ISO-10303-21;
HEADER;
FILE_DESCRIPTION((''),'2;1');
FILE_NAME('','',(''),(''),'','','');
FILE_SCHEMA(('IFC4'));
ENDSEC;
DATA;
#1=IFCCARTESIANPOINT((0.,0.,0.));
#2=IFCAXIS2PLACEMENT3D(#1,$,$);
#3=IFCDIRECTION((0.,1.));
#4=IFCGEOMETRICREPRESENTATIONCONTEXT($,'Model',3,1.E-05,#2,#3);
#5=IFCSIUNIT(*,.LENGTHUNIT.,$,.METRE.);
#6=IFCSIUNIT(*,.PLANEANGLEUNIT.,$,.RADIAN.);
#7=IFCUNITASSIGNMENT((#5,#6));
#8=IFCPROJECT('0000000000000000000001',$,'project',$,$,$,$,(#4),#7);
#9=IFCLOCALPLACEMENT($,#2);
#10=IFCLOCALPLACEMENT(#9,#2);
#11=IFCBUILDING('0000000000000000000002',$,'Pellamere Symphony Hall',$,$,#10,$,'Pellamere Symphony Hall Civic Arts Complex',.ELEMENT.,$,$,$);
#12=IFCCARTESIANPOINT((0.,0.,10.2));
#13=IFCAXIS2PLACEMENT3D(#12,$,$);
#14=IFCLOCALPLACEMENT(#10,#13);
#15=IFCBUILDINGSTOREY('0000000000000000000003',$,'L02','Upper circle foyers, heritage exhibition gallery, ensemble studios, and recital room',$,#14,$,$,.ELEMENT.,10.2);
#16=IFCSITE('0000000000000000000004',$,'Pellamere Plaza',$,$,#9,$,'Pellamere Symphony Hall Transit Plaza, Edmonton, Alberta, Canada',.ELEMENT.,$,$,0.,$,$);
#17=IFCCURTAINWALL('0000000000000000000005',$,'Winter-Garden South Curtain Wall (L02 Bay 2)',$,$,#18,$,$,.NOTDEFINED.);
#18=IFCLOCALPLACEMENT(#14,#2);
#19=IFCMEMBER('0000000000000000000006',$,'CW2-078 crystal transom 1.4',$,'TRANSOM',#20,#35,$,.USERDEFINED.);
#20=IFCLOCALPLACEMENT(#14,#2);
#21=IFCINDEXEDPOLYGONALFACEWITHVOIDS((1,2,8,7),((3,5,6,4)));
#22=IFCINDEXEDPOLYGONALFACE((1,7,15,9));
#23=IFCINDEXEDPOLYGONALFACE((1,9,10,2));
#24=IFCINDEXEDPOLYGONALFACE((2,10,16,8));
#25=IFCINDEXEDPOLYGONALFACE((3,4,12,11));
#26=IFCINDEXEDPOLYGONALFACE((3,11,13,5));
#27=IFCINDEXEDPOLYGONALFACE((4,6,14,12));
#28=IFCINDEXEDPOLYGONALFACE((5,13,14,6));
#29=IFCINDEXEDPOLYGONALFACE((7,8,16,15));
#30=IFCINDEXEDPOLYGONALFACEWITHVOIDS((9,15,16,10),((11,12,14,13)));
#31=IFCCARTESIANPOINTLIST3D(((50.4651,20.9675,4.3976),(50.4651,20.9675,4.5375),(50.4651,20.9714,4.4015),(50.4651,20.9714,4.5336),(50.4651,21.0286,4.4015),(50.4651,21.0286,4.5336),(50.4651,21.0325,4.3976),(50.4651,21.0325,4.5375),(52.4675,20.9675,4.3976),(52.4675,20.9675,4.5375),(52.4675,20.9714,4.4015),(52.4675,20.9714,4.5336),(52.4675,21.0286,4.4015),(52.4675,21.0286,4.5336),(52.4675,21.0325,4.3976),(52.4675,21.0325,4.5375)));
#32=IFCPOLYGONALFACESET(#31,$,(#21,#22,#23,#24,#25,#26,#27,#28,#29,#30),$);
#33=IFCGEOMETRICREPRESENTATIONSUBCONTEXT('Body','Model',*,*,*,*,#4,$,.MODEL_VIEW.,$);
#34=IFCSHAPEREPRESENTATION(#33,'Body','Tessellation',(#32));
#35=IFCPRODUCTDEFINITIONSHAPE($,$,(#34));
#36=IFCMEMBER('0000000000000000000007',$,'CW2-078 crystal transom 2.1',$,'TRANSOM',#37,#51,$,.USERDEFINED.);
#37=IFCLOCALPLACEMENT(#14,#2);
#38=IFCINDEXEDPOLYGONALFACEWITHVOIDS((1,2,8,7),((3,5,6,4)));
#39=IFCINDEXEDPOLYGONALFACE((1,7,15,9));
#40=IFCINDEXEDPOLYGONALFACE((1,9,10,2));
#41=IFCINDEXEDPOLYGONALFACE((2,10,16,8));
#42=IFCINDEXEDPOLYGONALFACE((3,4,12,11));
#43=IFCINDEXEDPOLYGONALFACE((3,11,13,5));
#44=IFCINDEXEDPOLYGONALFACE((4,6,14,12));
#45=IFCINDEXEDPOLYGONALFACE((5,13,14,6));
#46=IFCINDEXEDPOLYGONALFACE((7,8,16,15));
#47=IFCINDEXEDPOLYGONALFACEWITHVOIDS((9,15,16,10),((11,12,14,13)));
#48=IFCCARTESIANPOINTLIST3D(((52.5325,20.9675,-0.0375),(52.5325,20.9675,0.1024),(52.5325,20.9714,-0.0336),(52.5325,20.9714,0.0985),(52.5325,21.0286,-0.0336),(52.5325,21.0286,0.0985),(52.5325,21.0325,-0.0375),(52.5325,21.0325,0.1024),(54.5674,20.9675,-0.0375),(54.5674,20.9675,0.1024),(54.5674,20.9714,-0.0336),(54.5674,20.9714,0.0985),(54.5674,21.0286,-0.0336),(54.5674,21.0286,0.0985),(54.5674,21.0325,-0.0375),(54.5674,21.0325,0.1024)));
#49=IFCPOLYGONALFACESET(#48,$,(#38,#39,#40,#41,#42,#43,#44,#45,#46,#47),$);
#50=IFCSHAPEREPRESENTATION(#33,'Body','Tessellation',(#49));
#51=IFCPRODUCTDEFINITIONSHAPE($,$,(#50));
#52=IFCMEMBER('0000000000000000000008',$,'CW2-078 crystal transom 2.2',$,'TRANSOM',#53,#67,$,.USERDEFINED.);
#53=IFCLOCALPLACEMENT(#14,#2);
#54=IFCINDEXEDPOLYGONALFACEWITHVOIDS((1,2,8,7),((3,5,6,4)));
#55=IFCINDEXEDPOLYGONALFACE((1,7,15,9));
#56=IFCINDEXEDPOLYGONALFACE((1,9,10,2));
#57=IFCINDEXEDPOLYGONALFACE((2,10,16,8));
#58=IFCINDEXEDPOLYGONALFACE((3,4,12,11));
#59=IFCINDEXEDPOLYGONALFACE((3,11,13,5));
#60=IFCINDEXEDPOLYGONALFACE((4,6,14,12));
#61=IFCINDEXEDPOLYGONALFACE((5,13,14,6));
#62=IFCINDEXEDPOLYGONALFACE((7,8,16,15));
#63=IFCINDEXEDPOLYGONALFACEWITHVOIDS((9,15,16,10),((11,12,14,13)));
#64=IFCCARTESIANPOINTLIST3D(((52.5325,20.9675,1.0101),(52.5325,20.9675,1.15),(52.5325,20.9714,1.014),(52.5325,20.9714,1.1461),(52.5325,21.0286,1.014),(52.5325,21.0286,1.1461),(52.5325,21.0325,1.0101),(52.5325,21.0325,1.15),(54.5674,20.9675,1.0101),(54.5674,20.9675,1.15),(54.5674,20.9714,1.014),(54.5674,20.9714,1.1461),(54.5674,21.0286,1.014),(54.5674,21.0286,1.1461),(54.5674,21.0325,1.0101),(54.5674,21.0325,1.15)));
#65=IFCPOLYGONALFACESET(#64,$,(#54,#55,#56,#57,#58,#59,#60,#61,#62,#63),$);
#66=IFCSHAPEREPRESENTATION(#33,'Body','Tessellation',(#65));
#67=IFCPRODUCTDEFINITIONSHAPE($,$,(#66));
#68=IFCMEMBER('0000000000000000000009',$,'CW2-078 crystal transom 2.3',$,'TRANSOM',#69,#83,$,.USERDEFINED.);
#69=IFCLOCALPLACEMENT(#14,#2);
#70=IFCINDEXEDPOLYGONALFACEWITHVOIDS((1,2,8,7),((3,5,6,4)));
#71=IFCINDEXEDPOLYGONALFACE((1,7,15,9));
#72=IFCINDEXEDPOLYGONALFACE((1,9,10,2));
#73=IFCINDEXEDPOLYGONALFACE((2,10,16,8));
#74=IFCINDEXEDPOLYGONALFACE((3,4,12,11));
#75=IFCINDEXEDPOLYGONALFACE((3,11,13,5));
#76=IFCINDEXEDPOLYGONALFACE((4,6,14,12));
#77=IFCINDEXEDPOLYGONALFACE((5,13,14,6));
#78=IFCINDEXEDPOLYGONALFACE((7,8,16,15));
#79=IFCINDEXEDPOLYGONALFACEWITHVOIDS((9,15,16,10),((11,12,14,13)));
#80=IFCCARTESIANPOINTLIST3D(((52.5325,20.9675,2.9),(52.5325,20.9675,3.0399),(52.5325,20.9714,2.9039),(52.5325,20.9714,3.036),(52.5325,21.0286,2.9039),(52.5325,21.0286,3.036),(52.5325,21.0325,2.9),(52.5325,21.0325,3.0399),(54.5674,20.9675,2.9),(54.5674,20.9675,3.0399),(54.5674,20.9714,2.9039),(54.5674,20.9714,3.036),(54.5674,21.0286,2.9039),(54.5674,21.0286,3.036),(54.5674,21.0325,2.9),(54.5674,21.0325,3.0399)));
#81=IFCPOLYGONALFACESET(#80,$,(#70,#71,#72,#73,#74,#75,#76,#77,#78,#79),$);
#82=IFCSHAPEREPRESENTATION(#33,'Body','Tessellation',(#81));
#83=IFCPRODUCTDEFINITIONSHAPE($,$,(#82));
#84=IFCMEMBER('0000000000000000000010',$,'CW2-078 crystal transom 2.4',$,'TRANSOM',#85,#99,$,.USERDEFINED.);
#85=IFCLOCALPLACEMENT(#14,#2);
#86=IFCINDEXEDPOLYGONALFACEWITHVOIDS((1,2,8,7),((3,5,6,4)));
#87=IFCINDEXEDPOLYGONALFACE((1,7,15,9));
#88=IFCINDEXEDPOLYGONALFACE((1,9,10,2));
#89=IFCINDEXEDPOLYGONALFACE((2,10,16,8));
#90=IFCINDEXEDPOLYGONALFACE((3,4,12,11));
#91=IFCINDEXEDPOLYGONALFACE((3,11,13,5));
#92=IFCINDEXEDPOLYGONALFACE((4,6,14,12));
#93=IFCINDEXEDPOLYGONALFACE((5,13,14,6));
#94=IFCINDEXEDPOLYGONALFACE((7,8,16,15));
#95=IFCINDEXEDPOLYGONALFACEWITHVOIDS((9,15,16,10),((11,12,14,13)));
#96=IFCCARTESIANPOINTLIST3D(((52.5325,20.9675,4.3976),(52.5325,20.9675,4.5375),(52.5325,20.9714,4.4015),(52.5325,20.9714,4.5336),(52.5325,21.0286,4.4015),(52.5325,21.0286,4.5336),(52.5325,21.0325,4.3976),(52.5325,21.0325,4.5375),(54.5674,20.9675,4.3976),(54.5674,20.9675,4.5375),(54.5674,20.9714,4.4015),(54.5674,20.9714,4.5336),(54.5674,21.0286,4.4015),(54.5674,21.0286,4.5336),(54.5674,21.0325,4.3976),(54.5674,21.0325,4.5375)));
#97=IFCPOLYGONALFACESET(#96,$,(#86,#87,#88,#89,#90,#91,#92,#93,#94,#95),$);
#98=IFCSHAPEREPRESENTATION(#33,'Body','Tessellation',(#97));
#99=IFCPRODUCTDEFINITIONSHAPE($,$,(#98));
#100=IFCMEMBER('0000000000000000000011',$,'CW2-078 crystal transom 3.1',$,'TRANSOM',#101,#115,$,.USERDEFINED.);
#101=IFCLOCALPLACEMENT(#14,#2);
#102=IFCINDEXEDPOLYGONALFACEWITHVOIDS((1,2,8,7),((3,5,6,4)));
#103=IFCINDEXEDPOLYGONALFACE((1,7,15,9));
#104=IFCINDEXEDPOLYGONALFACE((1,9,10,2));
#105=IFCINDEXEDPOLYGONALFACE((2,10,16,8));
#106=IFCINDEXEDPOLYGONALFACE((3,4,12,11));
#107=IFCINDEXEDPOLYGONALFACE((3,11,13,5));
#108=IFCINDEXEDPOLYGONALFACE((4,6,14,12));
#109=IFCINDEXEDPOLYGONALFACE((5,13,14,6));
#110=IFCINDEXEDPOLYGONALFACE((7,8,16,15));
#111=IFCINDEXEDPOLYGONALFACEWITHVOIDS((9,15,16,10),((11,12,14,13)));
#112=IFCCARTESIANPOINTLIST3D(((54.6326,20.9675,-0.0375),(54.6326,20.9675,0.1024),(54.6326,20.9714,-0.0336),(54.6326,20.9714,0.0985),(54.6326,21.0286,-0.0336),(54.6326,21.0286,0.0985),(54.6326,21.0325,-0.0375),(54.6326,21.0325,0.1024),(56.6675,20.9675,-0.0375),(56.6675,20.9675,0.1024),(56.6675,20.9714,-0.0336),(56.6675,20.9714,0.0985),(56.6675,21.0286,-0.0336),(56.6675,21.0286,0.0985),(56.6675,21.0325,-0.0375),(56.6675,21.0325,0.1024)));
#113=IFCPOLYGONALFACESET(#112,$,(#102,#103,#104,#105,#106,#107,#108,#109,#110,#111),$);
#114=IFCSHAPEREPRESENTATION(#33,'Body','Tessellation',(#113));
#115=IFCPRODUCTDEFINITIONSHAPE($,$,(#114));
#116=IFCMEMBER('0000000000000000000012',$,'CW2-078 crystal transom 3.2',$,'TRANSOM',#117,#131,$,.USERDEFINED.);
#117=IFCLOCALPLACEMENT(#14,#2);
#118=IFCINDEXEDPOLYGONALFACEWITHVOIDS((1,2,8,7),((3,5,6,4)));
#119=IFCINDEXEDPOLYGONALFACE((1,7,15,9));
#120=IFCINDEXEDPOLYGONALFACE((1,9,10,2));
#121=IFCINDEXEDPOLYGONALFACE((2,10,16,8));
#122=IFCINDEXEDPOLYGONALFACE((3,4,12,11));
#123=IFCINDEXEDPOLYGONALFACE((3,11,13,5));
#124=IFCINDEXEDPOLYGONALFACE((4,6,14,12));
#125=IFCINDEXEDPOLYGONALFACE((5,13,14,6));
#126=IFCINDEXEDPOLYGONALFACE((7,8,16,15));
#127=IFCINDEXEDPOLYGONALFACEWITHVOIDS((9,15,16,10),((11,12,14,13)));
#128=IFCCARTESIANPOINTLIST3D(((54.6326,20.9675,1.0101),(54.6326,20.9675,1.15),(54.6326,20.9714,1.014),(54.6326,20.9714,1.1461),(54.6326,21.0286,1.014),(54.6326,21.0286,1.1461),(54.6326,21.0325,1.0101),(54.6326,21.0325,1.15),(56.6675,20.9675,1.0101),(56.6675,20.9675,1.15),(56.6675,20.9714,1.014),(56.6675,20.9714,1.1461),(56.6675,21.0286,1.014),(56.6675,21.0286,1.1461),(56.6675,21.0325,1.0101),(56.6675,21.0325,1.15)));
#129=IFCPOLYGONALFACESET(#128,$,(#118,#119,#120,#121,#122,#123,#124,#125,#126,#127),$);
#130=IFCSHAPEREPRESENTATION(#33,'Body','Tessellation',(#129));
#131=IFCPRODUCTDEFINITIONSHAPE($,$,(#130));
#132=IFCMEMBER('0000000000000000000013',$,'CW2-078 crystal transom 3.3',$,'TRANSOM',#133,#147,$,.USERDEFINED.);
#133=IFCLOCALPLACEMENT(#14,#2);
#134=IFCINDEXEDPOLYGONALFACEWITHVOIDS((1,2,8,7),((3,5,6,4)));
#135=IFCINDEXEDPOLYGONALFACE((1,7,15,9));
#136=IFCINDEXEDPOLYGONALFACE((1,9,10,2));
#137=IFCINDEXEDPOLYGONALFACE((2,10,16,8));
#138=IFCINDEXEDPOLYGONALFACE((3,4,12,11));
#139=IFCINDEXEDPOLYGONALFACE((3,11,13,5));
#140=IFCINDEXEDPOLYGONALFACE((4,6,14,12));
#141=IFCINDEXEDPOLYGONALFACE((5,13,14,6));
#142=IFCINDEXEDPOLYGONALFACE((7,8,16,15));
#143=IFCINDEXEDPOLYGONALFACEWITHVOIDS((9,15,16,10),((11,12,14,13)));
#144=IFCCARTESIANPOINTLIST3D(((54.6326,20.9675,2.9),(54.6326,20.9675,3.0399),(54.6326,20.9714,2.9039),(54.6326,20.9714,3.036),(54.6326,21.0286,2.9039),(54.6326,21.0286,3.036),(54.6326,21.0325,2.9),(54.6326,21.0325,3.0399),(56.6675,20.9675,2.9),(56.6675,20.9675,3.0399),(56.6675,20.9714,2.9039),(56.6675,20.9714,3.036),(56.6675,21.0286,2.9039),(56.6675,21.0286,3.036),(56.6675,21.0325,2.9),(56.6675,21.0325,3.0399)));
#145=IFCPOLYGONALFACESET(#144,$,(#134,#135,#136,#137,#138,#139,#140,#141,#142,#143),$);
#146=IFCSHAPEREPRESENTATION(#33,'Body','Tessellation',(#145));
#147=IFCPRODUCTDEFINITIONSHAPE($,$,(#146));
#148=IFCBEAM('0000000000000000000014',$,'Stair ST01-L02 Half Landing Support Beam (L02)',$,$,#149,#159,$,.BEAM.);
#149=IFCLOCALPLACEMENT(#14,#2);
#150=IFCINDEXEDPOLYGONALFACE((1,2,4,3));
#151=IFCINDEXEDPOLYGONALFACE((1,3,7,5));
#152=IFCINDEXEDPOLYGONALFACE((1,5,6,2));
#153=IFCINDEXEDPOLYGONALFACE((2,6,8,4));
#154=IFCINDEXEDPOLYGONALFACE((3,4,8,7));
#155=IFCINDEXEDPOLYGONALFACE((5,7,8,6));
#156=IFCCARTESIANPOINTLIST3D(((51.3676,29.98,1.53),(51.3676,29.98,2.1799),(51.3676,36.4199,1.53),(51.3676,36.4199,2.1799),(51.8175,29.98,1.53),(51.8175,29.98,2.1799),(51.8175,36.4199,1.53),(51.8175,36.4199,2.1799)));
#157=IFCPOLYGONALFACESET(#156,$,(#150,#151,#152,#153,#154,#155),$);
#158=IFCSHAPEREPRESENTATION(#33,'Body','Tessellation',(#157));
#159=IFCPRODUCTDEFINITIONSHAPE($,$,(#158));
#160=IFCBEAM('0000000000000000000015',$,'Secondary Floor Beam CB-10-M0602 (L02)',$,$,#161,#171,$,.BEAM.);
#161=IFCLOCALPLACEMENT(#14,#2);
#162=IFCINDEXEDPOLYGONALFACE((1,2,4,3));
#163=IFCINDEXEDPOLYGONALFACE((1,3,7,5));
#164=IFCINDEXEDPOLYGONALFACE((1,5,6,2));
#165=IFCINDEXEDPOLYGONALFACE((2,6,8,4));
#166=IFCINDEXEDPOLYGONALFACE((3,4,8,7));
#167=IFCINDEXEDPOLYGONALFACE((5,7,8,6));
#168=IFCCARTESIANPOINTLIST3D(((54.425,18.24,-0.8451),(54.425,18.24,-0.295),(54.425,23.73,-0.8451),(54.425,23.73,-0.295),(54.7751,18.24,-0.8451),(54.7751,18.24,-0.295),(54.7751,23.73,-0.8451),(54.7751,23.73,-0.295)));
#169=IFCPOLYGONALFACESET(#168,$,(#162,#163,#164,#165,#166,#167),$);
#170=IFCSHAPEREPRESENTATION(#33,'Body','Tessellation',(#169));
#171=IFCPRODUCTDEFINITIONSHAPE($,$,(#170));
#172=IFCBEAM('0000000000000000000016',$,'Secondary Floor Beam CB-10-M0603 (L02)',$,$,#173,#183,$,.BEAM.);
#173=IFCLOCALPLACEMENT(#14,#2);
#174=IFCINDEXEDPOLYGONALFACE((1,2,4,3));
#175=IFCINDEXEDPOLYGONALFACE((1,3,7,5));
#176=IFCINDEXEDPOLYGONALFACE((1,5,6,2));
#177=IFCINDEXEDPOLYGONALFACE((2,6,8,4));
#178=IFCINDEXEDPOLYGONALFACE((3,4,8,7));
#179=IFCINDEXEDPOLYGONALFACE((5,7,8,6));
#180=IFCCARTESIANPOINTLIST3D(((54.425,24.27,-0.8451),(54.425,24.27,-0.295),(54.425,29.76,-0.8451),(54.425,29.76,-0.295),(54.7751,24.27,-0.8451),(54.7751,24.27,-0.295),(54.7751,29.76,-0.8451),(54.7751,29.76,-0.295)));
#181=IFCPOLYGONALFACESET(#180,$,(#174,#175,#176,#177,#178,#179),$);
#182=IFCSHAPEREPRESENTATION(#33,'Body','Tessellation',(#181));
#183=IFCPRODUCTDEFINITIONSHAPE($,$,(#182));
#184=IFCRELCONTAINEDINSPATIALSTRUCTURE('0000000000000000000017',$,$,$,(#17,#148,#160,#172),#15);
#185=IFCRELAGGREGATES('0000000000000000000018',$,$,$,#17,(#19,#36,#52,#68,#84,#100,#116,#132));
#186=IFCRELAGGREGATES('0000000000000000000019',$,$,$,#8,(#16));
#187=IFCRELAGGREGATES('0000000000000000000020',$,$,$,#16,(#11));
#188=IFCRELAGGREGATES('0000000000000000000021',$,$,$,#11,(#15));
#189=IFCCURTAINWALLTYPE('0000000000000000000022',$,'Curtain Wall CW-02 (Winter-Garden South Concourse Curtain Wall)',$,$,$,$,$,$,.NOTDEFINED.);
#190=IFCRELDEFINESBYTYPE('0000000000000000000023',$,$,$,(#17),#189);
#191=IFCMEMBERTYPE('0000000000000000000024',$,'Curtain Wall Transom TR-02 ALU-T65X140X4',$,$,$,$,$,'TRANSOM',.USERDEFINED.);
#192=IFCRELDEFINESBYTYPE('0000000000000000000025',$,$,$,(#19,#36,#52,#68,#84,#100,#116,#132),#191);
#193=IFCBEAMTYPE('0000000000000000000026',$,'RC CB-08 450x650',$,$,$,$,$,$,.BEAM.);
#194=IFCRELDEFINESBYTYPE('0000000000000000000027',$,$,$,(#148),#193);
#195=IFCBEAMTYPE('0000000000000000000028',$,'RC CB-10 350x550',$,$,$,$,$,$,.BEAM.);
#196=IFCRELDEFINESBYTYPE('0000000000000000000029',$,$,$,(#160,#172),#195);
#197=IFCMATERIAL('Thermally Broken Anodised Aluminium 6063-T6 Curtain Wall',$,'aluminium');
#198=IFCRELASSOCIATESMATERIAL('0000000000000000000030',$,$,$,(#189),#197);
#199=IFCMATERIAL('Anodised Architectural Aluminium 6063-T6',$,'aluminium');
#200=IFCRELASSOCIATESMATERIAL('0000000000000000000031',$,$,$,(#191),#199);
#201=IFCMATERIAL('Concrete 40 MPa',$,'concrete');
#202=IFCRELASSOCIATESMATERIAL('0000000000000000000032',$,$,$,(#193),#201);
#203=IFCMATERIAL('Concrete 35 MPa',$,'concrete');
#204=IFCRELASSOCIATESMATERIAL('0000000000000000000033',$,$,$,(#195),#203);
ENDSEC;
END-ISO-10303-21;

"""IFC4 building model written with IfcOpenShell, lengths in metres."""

from ifc_helpers import new_model, si_unit, direction, frame, origin, origin_2d, place, context, subcontext, project, spatial, rectangle, hollow_rectangle, extrude, material, material_profile, profile_set, type_object, element, aggregate, save


model = new_model("IFC4")

# Units and contexts
model_context = context("Model", 3, precision=1e-05, world=origin(), true_north=direction((0.0, 1.0)))
body_context = subcontext(model_context, "Body", "Model", "MODEL_VIEW")
ifc_project = project(units=[si_unit("LENGTHUNIT", "METRE"), si_unit("PLANEANGLEUNIT", "RADIAN")], contexts=[model_context])

# Site, building, storey
site_placement = place(None, origin())
site = spatial("IfcSite", under=ifc_project, at=site_placement, Name="Pellamere Plaza", LongName="Pellamere Symphony Hall Transit Plaza, Edmonton, Alberta, Canada", CompositionType="ELEMENT", RefElevation=0.0)
building_placement = place(site_placement, origin())
building = spatial("IfcBuilding", under=site, at=building_placement, Name="Pellamere Symphony Hall", LongName="Pellamere Symphony Hall Civic Arts Complex", CompositionType="ELEMENT")
storey_placement = place(building_placement, frame((0.0, 0.0, 10.2)))
storey = spatial("IfcBuildingStorey", under=building, at=storey_placement, Name="L02", Description="Upper circle foyers, heritage exhibition gallery, ensemble studios, and recital room", CompositionType="ELEMENT", Elevation=10.2)

# Shared definitions
ifc_material_1 = material(Name="Concrete 40 MPa", Category="concrete")

# Shared definitions
ifc_material_2 = material(Name="Thermally Broken Anodised Aluminium 6063-T6 Curtain Wall", Category="aluminium")
curtain_wall_type = type_object("IfcCurtainWallType", Name="Curtain Wall CW-02 (Winter-Garden South Concourse Curtain Wall)", PredefinedType="NOTDEFINED", material=ifc_material_2)
ifc_material_3 = material(Name="Anodised Architectural Aluminium 6063-T6", Category="aluminium")

# Curtain wall, members
curtain_wall_1_placement = place(storey_placement, origin())
curtain_wall_1 = element("IfcCurtainWall", 1, at=curtain_wall_1_placement, inside=storey, type_object=curtain_wall_type, Name="Winter-Garden South Curtain Wall (L02 Bay 2)", PredefinedType="NOTDEFINED")
ifc_material_profile_1 = material_profile(ifc_material_3, hollow_rectangle(XDim=0.0649, YDim=0.1399, WallThickness=0.0039, at=origin_2d()), Name="ALU-T65X140X4")
ifc_profile_set_1 = profile_set([ifc_material_profile_1], Name="Anodised Architectural Aluminium 6063-T6")
member_type_1 = type_object("IfcMemberType", Name="Curtain Wall Transom TR-02 ALU-T65X140X4", ElementType="TRANSOM", PredefinedType="USERDEFINED", material=ifc_profile_set_1)
member_1_placement = place(storey_placement, frame((50.4651, 21.0, 4.4675), z_axis=(1.0, 0.0, 0.0), x_axis=(0.0, 1.0, 0.0)))
member_1 = element("IfcMember", 2, at=member_1_placement, type_object=member_type_1, Name="CW2-078 crystal transom 1.4", ObjectType="TRANSOM", PredefinedType="USERDEFINED", context=body_context, shape_type="SweptSolid", body=[
    extrude(hollow_rectangle(XDim=0.0649, YDim=0.1399, WallThickness=0.0039, at=origin_2d()), origin(), (0.0, 0.0, 1.0), 2.0024),
])
member_2_placement = place(storey_placement, frame((52.5325, 21.0, 0.0325), z_axis=(1.0, 0.0, 0.0), x_axis=(0.0, 1.0, 0.0)))
member_2 = element("IfcMember", 3, at=member_2_placement, type_object=member_type_1, Name="CW2-078 crystal transom 2.1", ObjectType="TRANSOM", PredefinedType="USERDEFINED", context=body_context, shape_type="SweptSolid", body=[
    extrude(hollow_rectangle(XDim=0.0649, YDim=0.1399, WallThickness=0.0039, at=origin_2d()), origin(), (0.0, 0.0, 1.0), 2.0349),
])
member_3_placement = place(storey_placement, frame((52.5325, 21.0, 1.0801), z_axis=(1.0, 0.0, 0.0), x_axis=(0.0, 1.0, 0.0)))
member_3 = element("IfcMember", 4, at=member_3_placement, type_object=member_type_1, Name="CW2-078 crystal transom 2.2", ObjectType="TRANSOM", PredefinedType="USERDEFINED", context=body_context, shape_type="SweptSolid", body=[
    extrude(hollow_rectangle(XDim=0.0649, YDim=0.1399, WallThickness=0.0039, at=origin_2d()), origin(), (0.0, 0.0, 1.0), 2.0349),
])
member_4_placement = place(storey_placement, frame((52.5325, 21.0, 2.97), z_axis=(1.0, 0.0, 0.0), x_axis=(0.0, 1.0, 0.0)))
member_4 = element("IfcMember", 5, at=member_4_placement, type_object=member_type_1, Name="CW2-078 crystal transom 2.3", ObjectType="TRANSOM", PredefinedType="USERDEFINED", context=body_context, shape_type="SweptSolid", body=[
    extrude(hollow_rectangle(XDim=0.0649, YDim=0.1399, WallThickness=0.0039, at=origin_2d()), origin(), (0.0, 0.0, 1.0), 2.0349),
])
member_5_placement = place(storey_placement, frame((52.5325, 21.0, 4.4675), z_axis=(1.0, 0.0, 0.0), x_axis=(0.0, 1.0, 0.0)))
member_5 = element("IfcMember", 6, at=member_5_placement, type_object=member_type_1, Name="CW2-078 crystal transom 2.4", ObjectType="TRANSOM", PredefinedType="USERDEFINED", context=body_context, shape_type="SweptSolid", body=[
    extrude(hollow_rectangle(XDim=0.0649, YDim=0.1399, WallThickness=0.0039, at=origin_2d()), origin(), (0.0, 0.0, 1.0), 2.0349),
])
member_6_placement = place(storey_placement, frame((54.6326, 21.0, 0.0325), z_axis=(1.0, 0.0, 0.0), x_axis=(0.0, 1.0, 0.0)))
member_6 = element("IfcMember", 7, at=member_6_placement, type_object=member_type_1, Name="CW2-078 crystal transom 3.1", ObjectType="TRANSOM", PredefinedType="USERDEFINED", context=body_context, shape_type="SweptSolid", body=[
    extrude(hollow_rectangle(XDim=0.0649, YDim=0.1399, WallThickness=0.0039, at=origin_2d()), origin(), (0.0, 0.0, 1.0), 2.0349),
])
member_7_placement = place(storey_placement, frame((54.6326, 21.0, 1.0801), z_axis=(1.0, 0.0, 0.0), x_axis=(0.0, 1.0, 0.0)))
member_7 = element("IfcMember", 8, at=member_7_placement, type_object=member_type_1, Name="CW2-078 crystal transom 3.2", ObjectType="TRANSOM", PredefinedType="USERDEFINED", context=body_context, shape_type="SweptSolid", body=[
    extrude(hollow_rectangle(XDim=0.0649, YDim=0.1399, WallThickness=0.0039, at=origin_2d()), origin(), (0.0, 0.0, 1.0), 2.0349),
])
member_8_placement = place(storey_placement, frame((54.6326, 21.0, 2.97), z_axis=(1.0, 0.0, 0.0), x_axis=(0.0, 1.0, 0.0)))
member_8 = element("IfcMember", 9, at=member_8_placement, type_object=member_type_1, Name="CW2-078 crystal transom 3.3", ObjectType="TRANSOM", PredefinedType="USERDEFINED", context=body_context, shape_type="SweptSolid", body=[
    extrude(hollow_rectangle(XDim=0.0649, YDim=0.1399, WallThickness=0.0039, at=origin_2d()), origin(), (0.0, 0.0, 1.0), 2.0349),
])

# Beams
ifc_material_profile_2 = material_profile(ifc_material_1, rectangle(XDim=0.45, YDim=0.6499, at=origin_2d()), Name="RC 450x650")
ifc_profile_set_2 = profile_set([ifc_material_profile_2], Name="Concrete 40 MPa")
beam_type_1 = type_object("IfcBeamType", Name="RC CB-08 450x650", PredefinedType="BEAM", material=ifc_profile_set_2)
beam_1_placement = place(storey_placement, frame((51.5925, 29.98, 1.855), z_axis=(0.0, 1.0, 0.0), x_axis=(-1.0, 0.0, 0.0)))
element("IfcBeam", 10, at=beam_1_placement, inside=storey, type_object=beam_type_1, Name="Stair ST01-L02 Half Landing Support Beam (L02)", PredefinedType="BEAM", context=body_context, shape_type="SweptSolid", body=[
    extrude(rectangle(XDim=0.45, YDim=0.6499, at=origin_2d()), origin(), (0.0, 0.0, 1.0), 6.4399),
])
ifc_material_4 = material(Name="Concrete 35 MPa", Category="concrete")
ifc_material_profile_3 = material_profile(ifc_material_4, rectangle(XDim=0.3501, YDim=0.55, at=origin_2d()), Name="RC 350x550")
ifc_profile_set_3 = profile_set([ifc_material_profile_3], Name="Concrete 35 MPa")
beam_type_2 = type_object("IfcBeamType", Name="RC CB-10 350x550", PredefinedType="BEAM", material=ifc_profile_set_3)
for number, where, z_axis, x_axis, name in (
    (11, (54.6001, 18.24, -0.5701), (0.0, 1.0, 0.0), (-1.0, 0.0, 0.0), "Secondary Floor Beam CB-10-M0602 (L02)"),
    (12, (54.6001, 24.27, -0.5701), (0.0, 1.0, 0.0), (-1.0, 0.0, 0.0), "Secondary Floor Beam CB-10-M0603 (L02)"),
):
    element("IfcBeam", number, at=place(storey_placement, frame(where, z_axis=z_axis, x_axis=x_axis)), inside=storey, type_object=beam_type_2, Name=name, PredefinedType="BEAM", context=body_context, shape_type="SweptSolid", body=[
        extrude(rectangle(XDim=0.3501, YDim=0.55, at=origin_2d()), origin(), (0.0, 0.0, 1.0), 5.49),
    ])

aggregate(curtain_wall_1, [member_1, member_2, member_3, member_4, member_5, member_6, member_7, member_8])

save(model, "model.ifc")
